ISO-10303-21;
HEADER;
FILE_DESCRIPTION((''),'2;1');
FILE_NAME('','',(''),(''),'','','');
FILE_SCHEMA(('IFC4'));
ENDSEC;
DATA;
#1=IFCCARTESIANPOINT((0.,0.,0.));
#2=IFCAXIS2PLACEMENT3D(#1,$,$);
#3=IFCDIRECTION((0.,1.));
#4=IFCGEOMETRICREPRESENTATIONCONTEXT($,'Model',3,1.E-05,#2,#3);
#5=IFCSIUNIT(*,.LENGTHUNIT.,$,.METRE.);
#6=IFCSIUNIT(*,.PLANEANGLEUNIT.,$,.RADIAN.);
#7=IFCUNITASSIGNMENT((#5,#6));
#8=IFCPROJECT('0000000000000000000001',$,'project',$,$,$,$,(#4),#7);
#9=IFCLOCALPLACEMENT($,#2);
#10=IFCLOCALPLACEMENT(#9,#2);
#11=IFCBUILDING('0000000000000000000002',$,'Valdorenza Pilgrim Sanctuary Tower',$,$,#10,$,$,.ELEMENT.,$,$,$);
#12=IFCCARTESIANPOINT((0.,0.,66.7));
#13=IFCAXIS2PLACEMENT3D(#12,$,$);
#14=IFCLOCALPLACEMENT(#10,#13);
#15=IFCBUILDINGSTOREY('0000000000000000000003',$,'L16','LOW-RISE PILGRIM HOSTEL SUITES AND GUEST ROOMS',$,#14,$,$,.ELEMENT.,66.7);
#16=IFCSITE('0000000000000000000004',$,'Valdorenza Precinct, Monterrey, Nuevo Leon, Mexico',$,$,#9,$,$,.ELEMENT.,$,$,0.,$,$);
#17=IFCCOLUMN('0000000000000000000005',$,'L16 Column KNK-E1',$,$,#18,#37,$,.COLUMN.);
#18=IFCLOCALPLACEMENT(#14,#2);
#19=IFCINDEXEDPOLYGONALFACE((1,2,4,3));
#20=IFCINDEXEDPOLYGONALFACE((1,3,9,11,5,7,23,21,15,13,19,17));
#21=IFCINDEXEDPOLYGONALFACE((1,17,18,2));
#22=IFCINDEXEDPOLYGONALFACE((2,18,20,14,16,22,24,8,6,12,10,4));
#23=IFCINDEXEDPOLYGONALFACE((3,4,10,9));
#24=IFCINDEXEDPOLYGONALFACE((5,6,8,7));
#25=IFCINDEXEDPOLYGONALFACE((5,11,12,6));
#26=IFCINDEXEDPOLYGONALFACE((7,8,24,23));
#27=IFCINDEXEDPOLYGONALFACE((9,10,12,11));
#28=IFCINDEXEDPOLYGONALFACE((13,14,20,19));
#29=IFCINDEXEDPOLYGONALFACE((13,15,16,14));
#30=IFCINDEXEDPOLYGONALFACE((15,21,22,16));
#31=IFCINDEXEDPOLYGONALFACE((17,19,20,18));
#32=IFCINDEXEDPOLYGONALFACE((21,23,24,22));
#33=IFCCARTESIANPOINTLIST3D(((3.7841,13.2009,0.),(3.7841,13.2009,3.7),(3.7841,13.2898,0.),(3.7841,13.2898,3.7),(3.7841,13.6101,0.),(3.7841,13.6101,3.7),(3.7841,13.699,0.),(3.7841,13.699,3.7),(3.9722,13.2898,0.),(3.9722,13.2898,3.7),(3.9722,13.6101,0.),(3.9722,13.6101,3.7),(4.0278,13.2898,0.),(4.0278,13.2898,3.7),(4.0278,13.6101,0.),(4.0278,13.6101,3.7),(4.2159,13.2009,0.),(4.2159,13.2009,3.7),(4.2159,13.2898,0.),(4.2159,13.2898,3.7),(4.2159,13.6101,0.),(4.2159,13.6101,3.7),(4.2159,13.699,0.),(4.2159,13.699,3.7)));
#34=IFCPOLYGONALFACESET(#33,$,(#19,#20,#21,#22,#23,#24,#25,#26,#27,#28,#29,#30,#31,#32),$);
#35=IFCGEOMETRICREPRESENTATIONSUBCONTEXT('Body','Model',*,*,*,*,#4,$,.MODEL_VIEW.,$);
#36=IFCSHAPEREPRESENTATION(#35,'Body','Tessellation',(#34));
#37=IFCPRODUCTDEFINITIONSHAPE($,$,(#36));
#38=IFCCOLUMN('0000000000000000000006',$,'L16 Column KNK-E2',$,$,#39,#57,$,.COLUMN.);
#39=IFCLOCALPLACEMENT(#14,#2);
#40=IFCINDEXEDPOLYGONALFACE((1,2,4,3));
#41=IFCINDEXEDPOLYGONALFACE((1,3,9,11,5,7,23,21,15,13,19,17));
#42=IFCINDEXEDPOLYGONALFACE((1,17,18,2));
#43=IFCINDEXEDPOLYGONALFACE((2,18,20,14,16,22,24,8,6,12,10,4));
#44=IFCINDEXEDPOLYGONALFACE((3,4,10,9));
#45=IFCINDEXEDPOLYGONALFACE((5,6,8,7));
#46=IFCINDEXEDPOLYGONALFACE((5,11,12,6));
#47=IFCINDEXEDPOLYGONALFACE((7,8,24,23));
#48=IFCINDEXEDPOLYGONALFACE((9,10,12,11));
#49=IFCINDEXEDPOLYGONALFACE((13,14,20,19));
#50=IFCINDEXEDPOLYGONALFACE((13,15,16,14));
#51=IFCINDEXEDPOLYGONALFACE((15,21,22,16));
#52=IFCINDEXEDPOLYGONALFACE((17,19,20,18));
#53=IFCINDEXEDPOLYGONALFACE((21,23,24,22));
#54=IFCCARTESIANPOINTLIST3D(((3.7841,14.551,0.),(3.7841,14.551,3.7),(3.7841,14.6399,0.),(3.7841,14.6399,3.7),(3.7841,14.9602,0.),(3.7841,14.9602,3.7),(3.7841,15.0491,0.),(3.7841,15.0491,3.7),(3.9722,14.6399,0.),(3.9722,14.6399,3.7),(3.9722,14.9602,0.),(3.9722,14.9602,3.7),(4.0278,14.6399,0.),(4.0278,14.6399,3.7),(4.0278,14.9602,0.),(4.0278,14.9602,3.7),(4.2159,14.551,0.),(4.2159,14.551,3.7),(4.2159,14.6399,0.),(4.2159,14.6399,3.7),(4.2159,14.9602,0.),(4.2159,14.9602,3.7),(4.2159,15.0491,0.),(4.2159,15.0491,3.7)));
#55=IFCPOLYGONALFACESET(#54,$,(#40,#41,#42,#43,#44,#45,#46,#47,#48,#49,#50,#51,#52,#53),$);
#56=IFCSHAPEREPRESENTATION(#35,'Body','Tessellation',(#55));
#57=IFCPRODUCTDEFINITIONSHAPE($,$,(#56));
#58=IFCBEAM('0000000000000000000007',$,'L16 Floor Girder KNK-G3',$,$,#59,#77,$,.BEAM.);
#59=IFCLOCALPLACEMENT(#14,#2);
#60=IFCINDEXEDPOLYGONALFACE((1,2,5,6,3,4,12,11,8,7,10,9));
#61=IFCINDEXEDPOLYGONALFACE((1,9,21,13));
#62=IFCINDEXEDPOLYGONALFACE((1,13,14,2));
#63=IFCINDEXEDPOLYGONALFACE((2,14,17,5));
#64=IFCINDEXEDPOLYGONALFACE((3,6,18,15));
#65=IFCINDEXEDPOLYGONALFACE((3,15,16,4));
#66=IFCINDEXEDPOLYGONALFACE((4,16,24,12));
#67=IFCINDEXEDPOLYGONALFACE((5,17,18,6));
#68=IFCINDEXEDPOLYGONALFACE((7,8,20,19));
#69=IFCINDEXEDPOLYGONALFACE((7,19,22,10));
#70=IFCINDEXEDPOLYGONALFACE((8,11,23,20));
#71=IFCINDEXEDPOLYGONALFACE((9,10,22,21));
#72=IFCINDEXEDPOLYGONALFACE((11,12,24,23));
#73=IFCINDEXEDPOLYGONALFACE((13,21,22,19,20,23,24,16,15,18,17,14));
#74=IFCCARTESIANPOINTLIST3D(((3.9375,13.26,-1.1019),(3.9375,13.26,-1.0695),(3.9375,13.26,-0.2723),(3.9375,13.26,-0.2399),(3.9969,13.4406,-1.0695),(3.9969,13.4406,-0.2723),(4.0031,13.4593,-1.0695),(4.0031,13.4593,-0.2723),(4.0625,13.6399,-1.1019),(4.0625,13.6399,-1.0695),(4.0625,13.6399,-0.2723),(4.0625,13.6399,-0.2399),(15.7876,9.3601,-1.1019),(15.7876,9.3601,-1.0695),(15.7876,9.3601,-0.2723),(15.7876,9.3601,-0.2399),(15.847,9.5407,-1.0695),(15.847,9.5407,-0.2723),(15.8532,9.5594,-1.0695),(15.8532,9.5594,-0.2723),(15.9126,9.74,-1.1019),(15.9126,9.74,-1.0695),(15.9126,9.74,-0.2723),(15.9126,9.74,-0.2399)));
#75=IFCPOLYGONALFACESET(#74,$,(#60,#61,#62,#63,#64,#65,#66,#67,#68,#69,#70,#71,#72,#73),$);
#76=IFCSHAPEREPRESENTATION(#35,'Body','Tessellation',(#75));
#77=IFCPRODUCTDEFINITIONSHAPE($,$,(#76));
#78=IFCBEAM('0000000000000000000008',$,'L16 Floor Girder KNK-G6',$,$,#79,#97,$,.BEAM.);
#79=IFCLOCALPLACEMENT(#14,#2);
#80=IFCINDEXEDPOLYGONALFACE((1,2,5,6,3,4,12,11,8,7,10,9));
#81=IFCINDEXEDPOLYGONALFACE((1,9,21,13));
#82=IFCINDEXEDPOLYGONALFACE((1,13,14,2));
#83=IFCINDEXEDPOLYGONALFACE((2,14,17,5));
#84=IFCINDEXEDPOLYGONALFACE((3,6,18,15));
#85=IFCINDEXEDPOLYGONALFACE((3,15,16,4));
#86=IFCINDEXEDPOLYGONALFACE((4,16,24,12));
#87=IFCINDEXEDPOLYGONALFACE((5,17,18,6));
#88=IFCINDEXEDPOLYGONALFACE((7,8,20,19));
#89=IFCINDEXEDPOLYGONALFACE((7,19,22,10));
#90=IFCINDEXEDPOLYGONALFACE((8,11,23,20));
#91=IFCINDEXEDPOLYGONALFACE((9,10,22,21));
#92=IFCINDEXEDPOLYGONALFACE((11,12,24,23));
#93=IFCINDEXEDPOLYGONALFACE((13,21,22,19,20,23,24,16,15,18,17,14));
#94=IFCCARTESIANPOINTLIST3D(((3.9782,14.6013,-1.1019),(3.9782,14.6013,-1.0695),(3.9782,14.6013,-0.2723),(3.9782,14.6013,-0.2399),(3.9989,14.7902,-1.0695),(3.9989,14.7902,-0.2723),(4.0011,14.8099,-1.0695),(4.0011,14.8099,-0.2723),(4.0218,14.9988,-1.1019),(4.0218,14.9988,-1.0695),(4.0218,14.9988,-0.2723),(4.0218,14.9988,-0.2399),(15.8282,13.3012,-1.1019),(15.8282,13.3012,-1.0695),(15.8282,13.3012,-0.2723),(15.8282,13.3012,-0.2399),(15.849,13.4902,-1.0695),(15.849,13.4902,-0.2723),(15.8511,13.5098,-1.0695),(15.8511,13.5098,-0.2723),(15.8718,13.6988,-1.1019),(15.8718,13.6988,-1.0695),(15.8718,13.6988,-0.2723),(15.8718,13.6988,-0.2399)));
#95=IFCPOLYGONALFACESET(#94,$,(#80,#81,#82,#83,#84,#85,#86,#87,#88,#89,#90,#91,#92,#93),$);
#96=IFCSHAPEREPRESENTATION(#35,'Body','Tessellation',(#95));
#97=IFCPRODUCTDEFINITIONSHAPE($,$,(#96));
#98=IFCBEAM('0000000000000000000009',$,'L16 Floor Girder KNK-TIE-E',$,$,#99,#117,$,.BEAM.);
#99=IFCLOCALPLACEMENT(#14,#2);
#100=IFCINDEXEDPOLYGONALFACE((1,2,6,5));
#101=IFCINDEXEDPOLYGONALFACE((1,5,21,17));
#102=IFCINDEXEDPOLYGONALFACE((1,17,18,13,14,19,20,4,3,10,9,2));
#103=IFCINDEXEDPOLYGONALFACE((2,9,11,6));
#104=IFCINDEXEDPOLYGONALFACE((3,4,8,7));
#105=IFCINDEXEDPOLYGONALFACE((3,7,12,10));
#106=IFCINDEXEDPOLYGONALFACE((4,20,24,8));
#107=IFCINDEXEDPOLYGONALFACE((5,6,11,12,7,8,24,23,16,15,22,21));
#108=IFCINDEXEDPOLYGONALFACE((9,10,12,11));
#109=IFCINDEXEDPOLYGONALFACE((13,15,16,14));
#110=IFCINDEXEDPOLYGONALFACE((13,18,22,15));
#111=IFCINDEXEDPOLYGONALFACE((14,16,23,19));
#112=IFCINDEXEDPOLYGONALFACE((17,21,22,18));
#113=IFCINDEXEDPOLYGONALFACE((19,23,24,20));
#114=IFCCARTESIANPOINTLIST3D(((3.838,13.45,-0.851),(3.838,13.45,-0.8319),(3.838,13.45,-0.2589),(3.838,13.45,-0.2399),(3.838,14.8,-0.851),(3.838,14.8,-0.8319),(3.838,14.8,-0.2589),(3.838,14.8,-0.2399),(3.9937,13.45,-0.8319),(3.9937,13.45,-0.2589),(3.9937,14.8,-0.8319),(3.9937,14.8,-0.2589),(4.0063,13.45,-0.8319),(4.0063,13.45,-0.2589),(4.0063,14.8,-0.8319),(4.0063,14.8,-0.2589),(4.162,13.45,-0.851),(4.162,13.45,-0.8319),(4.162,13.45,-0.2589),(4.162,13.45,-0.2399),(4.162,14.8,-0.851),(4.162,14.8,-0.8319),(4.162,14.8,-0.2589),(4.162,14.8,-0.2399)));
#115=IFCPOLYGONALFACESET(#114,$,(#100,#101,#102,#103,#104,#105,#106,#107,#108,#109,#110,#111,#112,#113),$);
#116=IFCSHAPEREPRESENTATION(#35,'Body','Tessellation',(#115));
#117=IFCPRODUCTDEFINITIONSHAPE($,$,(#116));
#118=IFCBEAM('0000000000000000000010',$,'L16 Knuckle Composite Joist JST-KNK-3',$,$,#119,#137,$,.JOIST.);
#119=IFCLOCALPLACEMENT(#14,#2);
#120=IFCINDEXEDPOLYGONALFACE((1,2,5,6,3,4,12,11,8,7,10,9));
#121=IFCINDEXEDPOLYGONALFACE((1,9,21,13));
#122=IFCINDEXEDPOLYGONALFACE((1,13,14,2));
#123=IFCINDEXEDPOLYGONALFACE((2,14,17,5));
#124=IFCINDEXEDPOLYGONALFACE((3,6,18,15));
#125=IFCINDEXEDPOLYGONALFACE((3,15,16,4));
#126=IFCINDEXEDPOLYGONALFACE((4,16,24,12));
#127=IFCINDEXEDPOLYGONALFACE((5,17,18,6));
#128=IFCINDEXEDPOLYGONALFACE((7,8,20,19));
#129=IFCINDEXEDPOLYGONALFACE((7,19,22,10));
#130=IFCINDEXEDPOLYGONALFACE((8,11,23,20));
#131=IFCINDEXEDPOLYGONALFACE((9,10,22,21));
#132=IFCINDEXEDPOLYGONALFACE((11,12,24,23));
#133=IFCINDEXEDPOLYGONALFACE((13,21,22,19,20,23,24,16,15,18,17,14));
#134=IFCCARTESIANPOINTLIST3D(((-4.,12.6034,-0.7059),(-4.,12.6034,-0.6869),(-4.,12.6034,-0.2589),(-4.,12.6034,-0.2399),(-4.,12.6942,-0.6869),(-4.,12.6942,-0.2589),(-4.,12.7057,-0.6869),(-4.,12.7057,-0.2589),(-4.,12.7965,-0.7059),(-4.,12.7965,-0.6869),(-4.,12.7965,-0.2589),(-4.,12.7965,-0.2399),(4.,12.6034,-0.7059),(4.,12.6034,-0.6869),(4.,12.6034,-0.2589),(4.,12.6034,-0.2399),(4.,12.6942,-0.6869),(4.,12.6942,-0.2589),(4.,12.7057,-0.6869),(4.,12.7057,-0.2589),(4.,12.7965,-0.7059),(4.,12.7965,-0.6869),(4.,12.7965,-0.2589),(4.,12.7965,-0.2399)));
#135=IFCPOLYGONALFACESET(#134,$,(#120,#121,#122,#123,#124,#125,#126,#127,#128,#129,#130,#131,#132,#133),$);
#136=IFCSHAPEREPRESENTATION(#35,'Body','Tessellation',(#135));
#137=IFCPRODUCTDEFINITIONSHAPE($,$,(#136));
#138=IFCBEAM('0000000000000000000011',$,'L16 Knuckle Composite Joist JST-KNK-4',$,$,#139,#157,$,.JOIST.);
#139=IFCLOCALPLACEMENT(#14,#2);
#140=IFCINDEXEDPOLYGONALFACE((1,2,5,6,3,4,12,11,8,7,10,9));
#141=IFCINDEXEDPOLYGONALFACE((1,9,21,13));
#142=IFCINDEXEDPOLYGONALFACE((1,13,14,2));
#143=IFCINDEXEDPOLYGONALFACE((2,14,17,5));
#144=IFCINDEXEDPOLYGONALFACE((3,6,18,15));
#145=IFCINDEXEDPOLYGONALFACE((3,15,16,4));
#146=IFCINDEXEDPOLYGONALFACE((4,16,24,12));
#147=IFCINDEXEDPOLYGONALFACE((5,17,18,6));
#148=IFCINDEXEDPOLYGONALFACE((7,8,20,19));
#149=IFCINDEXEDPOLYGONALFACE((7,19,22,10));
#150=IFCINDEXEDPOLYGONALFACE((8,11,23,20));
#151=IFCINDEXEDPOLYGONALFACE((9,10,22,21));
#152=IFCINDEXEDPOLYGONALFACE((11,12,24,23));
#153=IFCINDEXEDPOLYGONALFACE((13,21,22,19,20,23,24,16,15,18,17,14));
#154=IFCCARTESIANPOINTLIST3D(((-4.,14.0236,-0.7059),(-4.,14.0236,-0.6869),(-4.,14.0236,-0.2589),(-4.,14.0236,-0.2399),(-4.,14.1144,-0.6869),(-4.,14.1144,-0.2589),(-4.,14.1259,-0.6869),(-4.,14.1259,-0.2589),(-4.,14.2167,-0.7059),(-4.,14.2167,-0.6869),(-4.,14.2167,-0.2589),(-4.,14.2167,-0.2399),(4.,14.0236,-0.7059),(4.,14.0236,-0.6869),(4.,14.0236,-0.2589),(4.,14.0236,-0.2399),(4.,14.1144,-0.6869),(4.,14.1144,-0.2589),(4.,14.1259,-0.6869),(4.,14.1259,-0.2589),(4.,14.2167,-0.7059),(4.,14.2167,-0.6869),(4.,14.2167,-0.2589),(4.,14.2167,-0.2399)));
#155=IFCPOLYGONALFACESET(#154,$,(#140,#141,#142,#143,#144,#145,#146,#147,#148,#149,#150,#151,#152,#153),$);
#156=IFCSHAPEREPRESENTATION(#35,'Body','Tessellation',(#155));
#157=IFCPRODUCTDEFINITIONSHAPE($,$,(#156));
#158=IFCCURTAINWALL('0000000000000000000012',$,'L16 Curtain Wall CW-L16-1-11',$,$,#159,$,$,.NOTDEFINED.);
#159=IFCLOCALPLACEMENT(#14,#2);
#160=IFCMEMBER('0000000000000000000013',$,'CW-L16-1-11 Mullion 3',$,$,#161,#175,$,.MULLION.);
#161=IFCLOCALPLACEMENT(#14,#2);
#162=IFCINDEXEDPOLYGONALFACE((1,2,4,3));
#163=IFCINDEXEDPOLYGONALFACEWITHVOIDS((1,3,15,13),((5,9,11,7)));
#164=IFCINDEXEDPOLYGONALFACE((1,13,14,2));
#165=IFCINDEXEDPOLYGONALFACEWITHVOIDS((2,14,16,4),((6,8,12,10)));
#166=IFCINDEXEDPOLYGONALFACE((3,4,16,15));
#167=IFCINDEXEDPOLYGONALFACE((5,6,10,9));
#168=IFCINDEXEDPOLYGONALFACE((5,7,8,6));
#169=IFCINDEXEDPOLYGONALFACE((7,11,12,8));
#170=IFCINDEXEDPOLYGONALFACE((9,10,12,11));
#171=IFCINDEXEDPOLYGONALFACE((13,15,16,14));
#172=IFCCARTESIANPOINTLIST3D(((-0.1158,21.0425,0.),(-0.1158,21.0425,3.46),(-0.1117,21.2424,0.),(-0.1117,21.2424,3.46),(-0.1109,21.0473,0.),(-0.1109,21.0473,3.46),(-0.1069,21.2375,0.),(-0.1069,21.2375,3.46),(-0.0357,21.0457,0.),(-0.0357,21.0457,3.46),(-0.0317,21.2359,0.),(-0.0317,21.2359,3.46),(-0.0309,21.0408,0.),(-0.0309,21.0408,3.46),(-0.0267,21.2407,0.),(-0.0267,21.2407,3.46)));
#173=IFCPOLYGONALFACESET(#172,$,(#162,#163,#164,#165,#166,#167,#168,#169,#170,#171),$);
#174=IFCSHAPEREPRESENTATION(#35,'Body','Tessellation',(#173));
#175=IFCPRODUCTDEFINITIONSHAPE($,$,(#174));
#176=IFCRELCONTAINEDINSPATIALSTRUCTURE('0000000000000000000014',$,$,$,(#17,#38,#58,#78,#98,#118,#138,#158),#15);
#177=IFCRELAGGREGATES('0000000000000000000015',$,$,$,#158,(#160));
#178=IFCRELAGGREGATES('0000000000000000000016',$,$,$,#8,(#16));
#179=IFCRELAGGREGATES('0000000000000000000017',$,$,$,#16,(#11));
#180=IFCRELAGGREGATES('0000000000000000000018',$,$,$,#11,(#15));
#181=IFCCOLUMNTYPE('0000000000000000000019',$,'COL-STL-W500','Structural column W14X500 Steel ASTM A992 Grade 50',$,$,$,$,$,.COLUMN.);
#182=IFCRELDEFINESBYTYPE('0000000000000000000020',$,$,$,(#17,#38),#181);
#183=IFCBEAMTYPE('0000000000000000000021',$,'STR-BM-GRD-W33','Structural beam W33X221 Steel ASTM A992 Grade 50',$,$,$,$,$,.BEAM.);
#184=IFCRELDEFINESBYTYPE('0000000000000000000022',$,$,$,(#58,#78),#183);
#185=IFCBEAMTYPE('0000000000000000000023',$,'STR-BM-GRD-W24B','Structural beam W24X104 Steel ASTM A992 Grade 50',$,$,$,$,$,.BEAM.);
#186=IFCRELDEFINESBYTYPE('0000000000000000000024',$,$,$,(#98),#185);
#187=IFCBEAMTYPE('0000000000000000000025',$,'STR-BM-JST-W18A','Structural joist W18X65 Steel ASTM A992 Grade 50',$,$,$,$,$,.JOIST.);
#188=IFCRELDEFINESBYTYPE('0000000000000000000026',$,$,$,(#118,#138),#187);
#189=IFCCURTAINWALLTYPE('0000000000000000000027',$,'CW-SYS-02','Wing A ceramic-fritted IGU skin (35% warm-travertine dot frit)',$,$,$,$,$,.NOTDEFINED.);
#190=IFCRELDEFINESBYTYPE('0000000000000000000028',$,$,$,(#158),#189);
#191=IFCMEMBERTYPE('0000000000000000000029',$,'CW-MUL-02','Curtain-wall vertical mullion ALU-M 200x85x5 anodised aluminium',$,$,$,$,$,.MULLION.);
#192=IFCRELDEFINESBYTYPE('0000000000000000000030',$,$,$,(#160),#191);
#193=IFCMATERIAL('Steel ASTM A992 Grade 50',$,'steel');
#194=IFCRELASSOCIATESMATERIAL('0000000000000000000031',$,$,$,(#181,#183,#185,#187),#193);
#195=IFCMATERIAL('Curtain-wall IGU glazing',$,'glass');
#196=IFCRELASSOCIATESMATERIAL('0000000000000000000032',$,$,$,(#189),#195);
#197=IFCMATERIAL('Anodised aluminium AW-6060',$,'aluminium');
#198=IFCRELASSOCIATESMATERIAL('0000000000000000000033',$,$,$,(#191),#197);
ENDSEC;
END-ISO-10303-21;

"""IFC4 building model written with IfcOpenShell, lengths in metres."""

from ifc_helpers import new_model, si_unit, direction, frame, origin, origin_2d, place, context, subcontext, project, spatial, hollow_rectangle, i_section, extrude, source, transform, mapped, material, material_profile, profile_set, type_object, element, aggregate, save


model = new_model("IFC4")

# Units and contexts
model_context = context("Model", 3, precision=1e-05, world=origin(), true_north=direction((0.0, 1.0)))
body_context = subcontext(model_context, "Body", "Model", "MODEL_VIEW")
ifc_project = project(units=[si_unit("LENGTHUNIT", "METRE"), si_unit("PLANEANGLEUNIT", "RADIAN")], contexts=[model_context])

# Site, building, storey
site_placement = place(None, origin())
site = spatial("IfcSite", under=ifc_project, at=site_placement, Name="Valdorenza Precinct, Monterrey, Nuevo Leon, Mexico", CompositionType="ELEMENT", RefElevation=0.0)
building_placement = place(site_placement, origin())
building = spatial("IfcBuilding", under=site, at=building_placement, Name="Valdorenza Pilgrim Sanctuary Tower", CompositionType="ELEMENT")
storey_placement = place(building_placement, frame((0.0, 0.0, 66.7)))
storey = spatial("IfcBuildingStorey", under=building, at=storey_placement, Name="L16", Description="LOW-RISE PILGRIM HOSTEL SUITES AND GUEST ROOMS", CompositionType="ELEMENT", Elevation=66.7)

# Columns
ifc_material_1 = material(Name="Steel ASTM A992 Grade 50", Category="steel")
ifc_material_profile_1 = material_profile(ifc_material_1, i_section(OverallWidth=0.4319, OverallDepth=0.498, WebThickness=0.0557, FlangeThickness=0.0889, at=origin_2d()), Name="W14X500")
ifc_profile_set_1 = profile_set([ifc_material_profile_1], Name="Steel ASTM A992 Grade 50")
column_type = type_object("IfcColumnType", Name="COL-STL-W500", Description="Structural column W14X500 Steel ASTM A992 Grade 50", PredefinedType="COLUMN", material=ifc_profile_set_1)
shared_shape_1 = source(origin(), body_context, "Body", "SweptSolid", [
    extrude(i_section(OverallWidth=0.4319, OverallDepth=0.498, WebThickness=0.0557, FlangeThickness=0.0889, at=origin_2d()), origin(), (0.0, 0.0, 1.0), 3.7),
])
for number, where, z_axis, x_axis, name in (
    (1, (4.0, 13.45, 0.0), (0.0, 0.0, 1.0), (1.0, 0.0, 0.0), "L16 Column KNK-E1"),
    (2, (4.0, 14.8, 0.0), (0.0, 0.0, 1.0), (1.0, 0.0, 0.0), "L16 Column KNK-E2"),
):
    element("IfcColumn", number, at=place(storey_placement, frame(where, z_axis=z_axis, x_axis=x_axis)), inside=storey, type_object=column_type, Name=name, PredefinedType="COLUMN", context=body_context, shape_type="MappedRepresentation", body=[
        mapped(shared_shape_1, transform((0.0, 0.0, 0.0), x_axis=(1.0, 0.0, 0.0), y_axis=(0.0, 1.0, 0.0), z_axis=(0.0, 0.0, 1.0), scale=1.0)),
    ])

# Beams
ifc_material_profile_2 = material_profile(ifc_material_1, i_section(OverallWidth=0.3999, OverallDepth=0.8621, WebThickness=0.0198, FlangeThickness=0.0325, at=origin_2d()), Name="W33X221")
ifc_profile_set_2 = profile_set([ifc_material_profile_2], Name="Steel ASTM A992 Grade 50")
beam_type_1 = type_object("IfcBeamType", Name="STR-BM-GRD-W33", Description="Structural beam W33X221 Steel ASTM A992 Grade 50", PredefinedType="BEAM", material=ifc_profile_set_2)
shared_shape_2 = source(origin(), body_context, "Body", "SweptSolid", [
    extrude(i_section(OverallWidth=0.3999, OverallDepth=0.8621, WebThickness=0.0198, FlangeThickness=0.0325, at=origin_2d()), origin(), (0.0, 0.0, 1.0), 12.4753),
])
beam_1_placement = place(storey_placement, frame((4.0, 13.45, -0.6709), z_axis=(0.949882, -0.312609, 0.0), x_axis=(0.312609, 0.949882, 0.0)))
element("IfcBeam", 3, at=beam_1_placement, inside=storey, type_object=beam_type_1, Name="L16 Floor Girder KNK-G3", PredefinedType="BEAM", context=body_context, shape_type="MappedRepresentation", body=[
    mapped(shared_shape_2, transform((0.0, 0.0, 0.0), x_axis=(1.0, 0.0, 0.0), y_axis=(0.0, 1.0, 0.0), z_axis=(0.0, 0.0, 1.0), scale=1.0)),
])
shared_shape_3 = source(origin(), body_context, "Body", "SweptSolid", [
    extrude(i_section(OverallWidth=0.3999, OverallDepth=0.8621, WebThickness=0.0198, FlangeThickness=0.0325, at=origin_2d()), origin(), (0.0, 0.0, 1.0), 11.9211),
])
beam_2_placement = place(storey_placement, frame((4.0, 14.8, -0.6709), z_axis=(0.994036, -0.109054, 0.0), x_axis=(0.109054, 0.994036, 0.0)))
element("IfcBeam", 4, at=beam_2_placement, inside=storey, type_object=beam_type_1, Name="L16 Floor Girder KNK-G6", PredefinedType="BEAM", context=body_context, shape_type="MappedRepresentation", body=[
    mapped(shared_shape_3, transform((0.0, 0.0, 0.0), x_axis=(1.0, 0.0, 0.0), y_axis=(0.0, 1.0, 0.0), z_axis=(0.0, 0.0, 1.0), scale=1.0)),
])
ifc_material_profile_3 = material_profile(ifc_material_1, i_section(OverallWidth=0.324, OverallDepth=0.6111, WebThickness=0.0127, FlangeThickness=0.019, at=origin_2d()), Name="W24X104")
ifc_profile_set_3 = profile_set([ifc_material_profile_3], Name="Steel ASTM A992 Grade 50")
beam_type_2 = type_object("IfcBeamType", Name="STR-BM-GRD-W24B", Description="Structural beam W24X104 Steel ASTM A992 Grade 50", PredefinedType="BEAM", material=ifc_profile_set_3)
shared_shape_4 = source(origin(), body_context, "Body", "SweptSolid", [
    extrude(i_section(OverallWidth=0.324, OverallDepth=0.6111, WebThickness=0.0127, FlangeThickness=0.019, at=origin_2d()), origin(), (0.0, 0.0, 1.0), 1.3501),
])
beam_3_placement = place(storey_placement, frame((4.0, 13.45, -0.5454), z_axis=(0.0, 1.0, 0.0), x_axis=(-1.0, 0.0, 0.0)))
element("IfcBeam", 5, at=beam_3_placement, inside=storey, type_object=beam_type_2, Name="L16 Floor Girder KNK-TIE-E", PredefinedType="BEAM", context=body_context, shape_type="MappedRepresentation", body=[
    mapped(shared_shape_4, transform((0.0, 0.0, 0.0), x_axis=(1.0, 0.0, 0.0), y_axis=(0.0, 1.0, 0.0), z_axis=(0.0, 0.0, 1.0), scale=1.0)),
])
ifc_material_profile_4 = material_profile(ifc_material_1, i_section(OverallWidth=0.1931, OverallDepth=0.4661, WebThickness=0.0115, FlangeThickness=0.019, at=origin_2d()), Name="W18X65")
ifc_profile_set_4 = profile_set([ifc_material_profile_4], Name="Steel ASTM A992 Grade 50")
beam_type_3 = type_object("IfcBeamType", Name="STR-BM-JST-W18A", Description="Structural joist W18X65 Steel ASTM A992 Grade 50", PredefinedType="JOIST", material=ifc_profile_set_4)
shared_shape_5 = source(origin(), body_context, "Body", "SweptSolid", [
    extrude(i_section(OverallWidth=0.1931, OverallDepth=0.4661, WebThickness=0.0115, FlangeThickness=0.019, at=origin_2d()), origin(), (0.0, 0.0, 1.0), 8.0),
])
for number, where, z_axis, x_axis, name in (
    (6, (-4.0, 12.7, -0.4729), (1.0, 0.0, 0.0), (0.0, 1.0, 0.0), "L16 Knuckle Composite Joist JST-KNK-3"),
    (7, (-4.0, 14.1201, -0.4729), (1.0, 0.0, 0.0), (0.0, 1.0, 0.0), "L16 Knuckle Composite Joist JST-KNK-4"),
):
    element("IfcBeam", number, at=place(storey_placement, frame(where, z_axis=z_axis, x_axis=x_axis)), inside=storey, type_object=beam_type_3, Name=name, PredefinedType="JOIST", context=body_context, shape_type="MappedRepresentation", body=[
        mapped(shared_shape_5, transform((0.0, 0.0, 0.0), x_axis=(1.0, 0.0, 0.0), y_axis=(0.0, 1.0, 0.0), z_axis=(0.0, 0.0, 1.0), scale=1.0)),
    ])

# Curtain wall, member
ifc_material_2 = material(Name="Curtain-wall IGU glazing", Category="glass")
curtain_wall_type = type_object("IfcCurtainWallType", Name="CW-SYS-02", Description="Wing A ceramic-fritted IGU skin (35% warm-travertine dot frit)", PredefinedType="NOTDEFINED", material=ifc_material_2)
curtain_wall_1_placement = place(storey_placement, origin())
curtain_wall_1 = element("IfcCurtainWall", 8, at=curtain_wall_1_placement, inside=storey, type_object=curtain_wall_type, Name="L16 Curtain Wall CW-L16-1-11", PredefinedType="NOTDEFINED")
ifc_material_3 = material(Name="Anodised aluminium AW-6060", Category="aluminium")
ifc_material_profile_5 = material_profile(ifc_material_3, hollow_rectangle(XDim=0.085, YDim=0.2, WallThickness=0.0049, at=origin_2d()), Name="ALU-M 200x85x5")
ifc_profile_set_5 = profile_set([ifc_material_profile_5], Name="Anodised aluminium AW-6060")
member_type_1 = type_object("IfcMemberType", Name="CW-MUL-02", Description="Curtain-wall vertical mullion ALU-M 200x85x5 anodised aluminium", PredefinedType="MULLION", material=ifc_profile_set_5)
shared_shape_6 = source(origin(), body_context, "Body", "SweptSolid", [
    extrude(hollow_rectangle(XDim=0.085, YDim=0.2, WallThickness=0.0049, at=origin_2d()), origin(), (0.0, 0.0, 1.0), 3.46),
])
member_1_placement = place(storey_placement, frame((-0.0713, 21.1416, 0.0), z_axis=(0.0, 0.0, 1.0), x_axis=(0.999783, -0.02082, 0.0)))
member_1 = element("IfcMember", 9, at=member_1_placement, type_object=member_type_1, Name="CW-L16-1-11 Mullion 3", PredefinedType="MULLION", context=body_context, shape_type="MappedRepresentation", body=[
    mapped(shared_shape_6, transform((0.0, 0.0, 0.0), x_axis=(1.0, 0.0, 0.0), y_axis=(0.0, 1.0, 0.0), z_axis=(0.0, 0.0, 1.0), scale=1.0)),
])

aggregate(curtain_wall_1, [member_1])

save(model, "model.ifc")
